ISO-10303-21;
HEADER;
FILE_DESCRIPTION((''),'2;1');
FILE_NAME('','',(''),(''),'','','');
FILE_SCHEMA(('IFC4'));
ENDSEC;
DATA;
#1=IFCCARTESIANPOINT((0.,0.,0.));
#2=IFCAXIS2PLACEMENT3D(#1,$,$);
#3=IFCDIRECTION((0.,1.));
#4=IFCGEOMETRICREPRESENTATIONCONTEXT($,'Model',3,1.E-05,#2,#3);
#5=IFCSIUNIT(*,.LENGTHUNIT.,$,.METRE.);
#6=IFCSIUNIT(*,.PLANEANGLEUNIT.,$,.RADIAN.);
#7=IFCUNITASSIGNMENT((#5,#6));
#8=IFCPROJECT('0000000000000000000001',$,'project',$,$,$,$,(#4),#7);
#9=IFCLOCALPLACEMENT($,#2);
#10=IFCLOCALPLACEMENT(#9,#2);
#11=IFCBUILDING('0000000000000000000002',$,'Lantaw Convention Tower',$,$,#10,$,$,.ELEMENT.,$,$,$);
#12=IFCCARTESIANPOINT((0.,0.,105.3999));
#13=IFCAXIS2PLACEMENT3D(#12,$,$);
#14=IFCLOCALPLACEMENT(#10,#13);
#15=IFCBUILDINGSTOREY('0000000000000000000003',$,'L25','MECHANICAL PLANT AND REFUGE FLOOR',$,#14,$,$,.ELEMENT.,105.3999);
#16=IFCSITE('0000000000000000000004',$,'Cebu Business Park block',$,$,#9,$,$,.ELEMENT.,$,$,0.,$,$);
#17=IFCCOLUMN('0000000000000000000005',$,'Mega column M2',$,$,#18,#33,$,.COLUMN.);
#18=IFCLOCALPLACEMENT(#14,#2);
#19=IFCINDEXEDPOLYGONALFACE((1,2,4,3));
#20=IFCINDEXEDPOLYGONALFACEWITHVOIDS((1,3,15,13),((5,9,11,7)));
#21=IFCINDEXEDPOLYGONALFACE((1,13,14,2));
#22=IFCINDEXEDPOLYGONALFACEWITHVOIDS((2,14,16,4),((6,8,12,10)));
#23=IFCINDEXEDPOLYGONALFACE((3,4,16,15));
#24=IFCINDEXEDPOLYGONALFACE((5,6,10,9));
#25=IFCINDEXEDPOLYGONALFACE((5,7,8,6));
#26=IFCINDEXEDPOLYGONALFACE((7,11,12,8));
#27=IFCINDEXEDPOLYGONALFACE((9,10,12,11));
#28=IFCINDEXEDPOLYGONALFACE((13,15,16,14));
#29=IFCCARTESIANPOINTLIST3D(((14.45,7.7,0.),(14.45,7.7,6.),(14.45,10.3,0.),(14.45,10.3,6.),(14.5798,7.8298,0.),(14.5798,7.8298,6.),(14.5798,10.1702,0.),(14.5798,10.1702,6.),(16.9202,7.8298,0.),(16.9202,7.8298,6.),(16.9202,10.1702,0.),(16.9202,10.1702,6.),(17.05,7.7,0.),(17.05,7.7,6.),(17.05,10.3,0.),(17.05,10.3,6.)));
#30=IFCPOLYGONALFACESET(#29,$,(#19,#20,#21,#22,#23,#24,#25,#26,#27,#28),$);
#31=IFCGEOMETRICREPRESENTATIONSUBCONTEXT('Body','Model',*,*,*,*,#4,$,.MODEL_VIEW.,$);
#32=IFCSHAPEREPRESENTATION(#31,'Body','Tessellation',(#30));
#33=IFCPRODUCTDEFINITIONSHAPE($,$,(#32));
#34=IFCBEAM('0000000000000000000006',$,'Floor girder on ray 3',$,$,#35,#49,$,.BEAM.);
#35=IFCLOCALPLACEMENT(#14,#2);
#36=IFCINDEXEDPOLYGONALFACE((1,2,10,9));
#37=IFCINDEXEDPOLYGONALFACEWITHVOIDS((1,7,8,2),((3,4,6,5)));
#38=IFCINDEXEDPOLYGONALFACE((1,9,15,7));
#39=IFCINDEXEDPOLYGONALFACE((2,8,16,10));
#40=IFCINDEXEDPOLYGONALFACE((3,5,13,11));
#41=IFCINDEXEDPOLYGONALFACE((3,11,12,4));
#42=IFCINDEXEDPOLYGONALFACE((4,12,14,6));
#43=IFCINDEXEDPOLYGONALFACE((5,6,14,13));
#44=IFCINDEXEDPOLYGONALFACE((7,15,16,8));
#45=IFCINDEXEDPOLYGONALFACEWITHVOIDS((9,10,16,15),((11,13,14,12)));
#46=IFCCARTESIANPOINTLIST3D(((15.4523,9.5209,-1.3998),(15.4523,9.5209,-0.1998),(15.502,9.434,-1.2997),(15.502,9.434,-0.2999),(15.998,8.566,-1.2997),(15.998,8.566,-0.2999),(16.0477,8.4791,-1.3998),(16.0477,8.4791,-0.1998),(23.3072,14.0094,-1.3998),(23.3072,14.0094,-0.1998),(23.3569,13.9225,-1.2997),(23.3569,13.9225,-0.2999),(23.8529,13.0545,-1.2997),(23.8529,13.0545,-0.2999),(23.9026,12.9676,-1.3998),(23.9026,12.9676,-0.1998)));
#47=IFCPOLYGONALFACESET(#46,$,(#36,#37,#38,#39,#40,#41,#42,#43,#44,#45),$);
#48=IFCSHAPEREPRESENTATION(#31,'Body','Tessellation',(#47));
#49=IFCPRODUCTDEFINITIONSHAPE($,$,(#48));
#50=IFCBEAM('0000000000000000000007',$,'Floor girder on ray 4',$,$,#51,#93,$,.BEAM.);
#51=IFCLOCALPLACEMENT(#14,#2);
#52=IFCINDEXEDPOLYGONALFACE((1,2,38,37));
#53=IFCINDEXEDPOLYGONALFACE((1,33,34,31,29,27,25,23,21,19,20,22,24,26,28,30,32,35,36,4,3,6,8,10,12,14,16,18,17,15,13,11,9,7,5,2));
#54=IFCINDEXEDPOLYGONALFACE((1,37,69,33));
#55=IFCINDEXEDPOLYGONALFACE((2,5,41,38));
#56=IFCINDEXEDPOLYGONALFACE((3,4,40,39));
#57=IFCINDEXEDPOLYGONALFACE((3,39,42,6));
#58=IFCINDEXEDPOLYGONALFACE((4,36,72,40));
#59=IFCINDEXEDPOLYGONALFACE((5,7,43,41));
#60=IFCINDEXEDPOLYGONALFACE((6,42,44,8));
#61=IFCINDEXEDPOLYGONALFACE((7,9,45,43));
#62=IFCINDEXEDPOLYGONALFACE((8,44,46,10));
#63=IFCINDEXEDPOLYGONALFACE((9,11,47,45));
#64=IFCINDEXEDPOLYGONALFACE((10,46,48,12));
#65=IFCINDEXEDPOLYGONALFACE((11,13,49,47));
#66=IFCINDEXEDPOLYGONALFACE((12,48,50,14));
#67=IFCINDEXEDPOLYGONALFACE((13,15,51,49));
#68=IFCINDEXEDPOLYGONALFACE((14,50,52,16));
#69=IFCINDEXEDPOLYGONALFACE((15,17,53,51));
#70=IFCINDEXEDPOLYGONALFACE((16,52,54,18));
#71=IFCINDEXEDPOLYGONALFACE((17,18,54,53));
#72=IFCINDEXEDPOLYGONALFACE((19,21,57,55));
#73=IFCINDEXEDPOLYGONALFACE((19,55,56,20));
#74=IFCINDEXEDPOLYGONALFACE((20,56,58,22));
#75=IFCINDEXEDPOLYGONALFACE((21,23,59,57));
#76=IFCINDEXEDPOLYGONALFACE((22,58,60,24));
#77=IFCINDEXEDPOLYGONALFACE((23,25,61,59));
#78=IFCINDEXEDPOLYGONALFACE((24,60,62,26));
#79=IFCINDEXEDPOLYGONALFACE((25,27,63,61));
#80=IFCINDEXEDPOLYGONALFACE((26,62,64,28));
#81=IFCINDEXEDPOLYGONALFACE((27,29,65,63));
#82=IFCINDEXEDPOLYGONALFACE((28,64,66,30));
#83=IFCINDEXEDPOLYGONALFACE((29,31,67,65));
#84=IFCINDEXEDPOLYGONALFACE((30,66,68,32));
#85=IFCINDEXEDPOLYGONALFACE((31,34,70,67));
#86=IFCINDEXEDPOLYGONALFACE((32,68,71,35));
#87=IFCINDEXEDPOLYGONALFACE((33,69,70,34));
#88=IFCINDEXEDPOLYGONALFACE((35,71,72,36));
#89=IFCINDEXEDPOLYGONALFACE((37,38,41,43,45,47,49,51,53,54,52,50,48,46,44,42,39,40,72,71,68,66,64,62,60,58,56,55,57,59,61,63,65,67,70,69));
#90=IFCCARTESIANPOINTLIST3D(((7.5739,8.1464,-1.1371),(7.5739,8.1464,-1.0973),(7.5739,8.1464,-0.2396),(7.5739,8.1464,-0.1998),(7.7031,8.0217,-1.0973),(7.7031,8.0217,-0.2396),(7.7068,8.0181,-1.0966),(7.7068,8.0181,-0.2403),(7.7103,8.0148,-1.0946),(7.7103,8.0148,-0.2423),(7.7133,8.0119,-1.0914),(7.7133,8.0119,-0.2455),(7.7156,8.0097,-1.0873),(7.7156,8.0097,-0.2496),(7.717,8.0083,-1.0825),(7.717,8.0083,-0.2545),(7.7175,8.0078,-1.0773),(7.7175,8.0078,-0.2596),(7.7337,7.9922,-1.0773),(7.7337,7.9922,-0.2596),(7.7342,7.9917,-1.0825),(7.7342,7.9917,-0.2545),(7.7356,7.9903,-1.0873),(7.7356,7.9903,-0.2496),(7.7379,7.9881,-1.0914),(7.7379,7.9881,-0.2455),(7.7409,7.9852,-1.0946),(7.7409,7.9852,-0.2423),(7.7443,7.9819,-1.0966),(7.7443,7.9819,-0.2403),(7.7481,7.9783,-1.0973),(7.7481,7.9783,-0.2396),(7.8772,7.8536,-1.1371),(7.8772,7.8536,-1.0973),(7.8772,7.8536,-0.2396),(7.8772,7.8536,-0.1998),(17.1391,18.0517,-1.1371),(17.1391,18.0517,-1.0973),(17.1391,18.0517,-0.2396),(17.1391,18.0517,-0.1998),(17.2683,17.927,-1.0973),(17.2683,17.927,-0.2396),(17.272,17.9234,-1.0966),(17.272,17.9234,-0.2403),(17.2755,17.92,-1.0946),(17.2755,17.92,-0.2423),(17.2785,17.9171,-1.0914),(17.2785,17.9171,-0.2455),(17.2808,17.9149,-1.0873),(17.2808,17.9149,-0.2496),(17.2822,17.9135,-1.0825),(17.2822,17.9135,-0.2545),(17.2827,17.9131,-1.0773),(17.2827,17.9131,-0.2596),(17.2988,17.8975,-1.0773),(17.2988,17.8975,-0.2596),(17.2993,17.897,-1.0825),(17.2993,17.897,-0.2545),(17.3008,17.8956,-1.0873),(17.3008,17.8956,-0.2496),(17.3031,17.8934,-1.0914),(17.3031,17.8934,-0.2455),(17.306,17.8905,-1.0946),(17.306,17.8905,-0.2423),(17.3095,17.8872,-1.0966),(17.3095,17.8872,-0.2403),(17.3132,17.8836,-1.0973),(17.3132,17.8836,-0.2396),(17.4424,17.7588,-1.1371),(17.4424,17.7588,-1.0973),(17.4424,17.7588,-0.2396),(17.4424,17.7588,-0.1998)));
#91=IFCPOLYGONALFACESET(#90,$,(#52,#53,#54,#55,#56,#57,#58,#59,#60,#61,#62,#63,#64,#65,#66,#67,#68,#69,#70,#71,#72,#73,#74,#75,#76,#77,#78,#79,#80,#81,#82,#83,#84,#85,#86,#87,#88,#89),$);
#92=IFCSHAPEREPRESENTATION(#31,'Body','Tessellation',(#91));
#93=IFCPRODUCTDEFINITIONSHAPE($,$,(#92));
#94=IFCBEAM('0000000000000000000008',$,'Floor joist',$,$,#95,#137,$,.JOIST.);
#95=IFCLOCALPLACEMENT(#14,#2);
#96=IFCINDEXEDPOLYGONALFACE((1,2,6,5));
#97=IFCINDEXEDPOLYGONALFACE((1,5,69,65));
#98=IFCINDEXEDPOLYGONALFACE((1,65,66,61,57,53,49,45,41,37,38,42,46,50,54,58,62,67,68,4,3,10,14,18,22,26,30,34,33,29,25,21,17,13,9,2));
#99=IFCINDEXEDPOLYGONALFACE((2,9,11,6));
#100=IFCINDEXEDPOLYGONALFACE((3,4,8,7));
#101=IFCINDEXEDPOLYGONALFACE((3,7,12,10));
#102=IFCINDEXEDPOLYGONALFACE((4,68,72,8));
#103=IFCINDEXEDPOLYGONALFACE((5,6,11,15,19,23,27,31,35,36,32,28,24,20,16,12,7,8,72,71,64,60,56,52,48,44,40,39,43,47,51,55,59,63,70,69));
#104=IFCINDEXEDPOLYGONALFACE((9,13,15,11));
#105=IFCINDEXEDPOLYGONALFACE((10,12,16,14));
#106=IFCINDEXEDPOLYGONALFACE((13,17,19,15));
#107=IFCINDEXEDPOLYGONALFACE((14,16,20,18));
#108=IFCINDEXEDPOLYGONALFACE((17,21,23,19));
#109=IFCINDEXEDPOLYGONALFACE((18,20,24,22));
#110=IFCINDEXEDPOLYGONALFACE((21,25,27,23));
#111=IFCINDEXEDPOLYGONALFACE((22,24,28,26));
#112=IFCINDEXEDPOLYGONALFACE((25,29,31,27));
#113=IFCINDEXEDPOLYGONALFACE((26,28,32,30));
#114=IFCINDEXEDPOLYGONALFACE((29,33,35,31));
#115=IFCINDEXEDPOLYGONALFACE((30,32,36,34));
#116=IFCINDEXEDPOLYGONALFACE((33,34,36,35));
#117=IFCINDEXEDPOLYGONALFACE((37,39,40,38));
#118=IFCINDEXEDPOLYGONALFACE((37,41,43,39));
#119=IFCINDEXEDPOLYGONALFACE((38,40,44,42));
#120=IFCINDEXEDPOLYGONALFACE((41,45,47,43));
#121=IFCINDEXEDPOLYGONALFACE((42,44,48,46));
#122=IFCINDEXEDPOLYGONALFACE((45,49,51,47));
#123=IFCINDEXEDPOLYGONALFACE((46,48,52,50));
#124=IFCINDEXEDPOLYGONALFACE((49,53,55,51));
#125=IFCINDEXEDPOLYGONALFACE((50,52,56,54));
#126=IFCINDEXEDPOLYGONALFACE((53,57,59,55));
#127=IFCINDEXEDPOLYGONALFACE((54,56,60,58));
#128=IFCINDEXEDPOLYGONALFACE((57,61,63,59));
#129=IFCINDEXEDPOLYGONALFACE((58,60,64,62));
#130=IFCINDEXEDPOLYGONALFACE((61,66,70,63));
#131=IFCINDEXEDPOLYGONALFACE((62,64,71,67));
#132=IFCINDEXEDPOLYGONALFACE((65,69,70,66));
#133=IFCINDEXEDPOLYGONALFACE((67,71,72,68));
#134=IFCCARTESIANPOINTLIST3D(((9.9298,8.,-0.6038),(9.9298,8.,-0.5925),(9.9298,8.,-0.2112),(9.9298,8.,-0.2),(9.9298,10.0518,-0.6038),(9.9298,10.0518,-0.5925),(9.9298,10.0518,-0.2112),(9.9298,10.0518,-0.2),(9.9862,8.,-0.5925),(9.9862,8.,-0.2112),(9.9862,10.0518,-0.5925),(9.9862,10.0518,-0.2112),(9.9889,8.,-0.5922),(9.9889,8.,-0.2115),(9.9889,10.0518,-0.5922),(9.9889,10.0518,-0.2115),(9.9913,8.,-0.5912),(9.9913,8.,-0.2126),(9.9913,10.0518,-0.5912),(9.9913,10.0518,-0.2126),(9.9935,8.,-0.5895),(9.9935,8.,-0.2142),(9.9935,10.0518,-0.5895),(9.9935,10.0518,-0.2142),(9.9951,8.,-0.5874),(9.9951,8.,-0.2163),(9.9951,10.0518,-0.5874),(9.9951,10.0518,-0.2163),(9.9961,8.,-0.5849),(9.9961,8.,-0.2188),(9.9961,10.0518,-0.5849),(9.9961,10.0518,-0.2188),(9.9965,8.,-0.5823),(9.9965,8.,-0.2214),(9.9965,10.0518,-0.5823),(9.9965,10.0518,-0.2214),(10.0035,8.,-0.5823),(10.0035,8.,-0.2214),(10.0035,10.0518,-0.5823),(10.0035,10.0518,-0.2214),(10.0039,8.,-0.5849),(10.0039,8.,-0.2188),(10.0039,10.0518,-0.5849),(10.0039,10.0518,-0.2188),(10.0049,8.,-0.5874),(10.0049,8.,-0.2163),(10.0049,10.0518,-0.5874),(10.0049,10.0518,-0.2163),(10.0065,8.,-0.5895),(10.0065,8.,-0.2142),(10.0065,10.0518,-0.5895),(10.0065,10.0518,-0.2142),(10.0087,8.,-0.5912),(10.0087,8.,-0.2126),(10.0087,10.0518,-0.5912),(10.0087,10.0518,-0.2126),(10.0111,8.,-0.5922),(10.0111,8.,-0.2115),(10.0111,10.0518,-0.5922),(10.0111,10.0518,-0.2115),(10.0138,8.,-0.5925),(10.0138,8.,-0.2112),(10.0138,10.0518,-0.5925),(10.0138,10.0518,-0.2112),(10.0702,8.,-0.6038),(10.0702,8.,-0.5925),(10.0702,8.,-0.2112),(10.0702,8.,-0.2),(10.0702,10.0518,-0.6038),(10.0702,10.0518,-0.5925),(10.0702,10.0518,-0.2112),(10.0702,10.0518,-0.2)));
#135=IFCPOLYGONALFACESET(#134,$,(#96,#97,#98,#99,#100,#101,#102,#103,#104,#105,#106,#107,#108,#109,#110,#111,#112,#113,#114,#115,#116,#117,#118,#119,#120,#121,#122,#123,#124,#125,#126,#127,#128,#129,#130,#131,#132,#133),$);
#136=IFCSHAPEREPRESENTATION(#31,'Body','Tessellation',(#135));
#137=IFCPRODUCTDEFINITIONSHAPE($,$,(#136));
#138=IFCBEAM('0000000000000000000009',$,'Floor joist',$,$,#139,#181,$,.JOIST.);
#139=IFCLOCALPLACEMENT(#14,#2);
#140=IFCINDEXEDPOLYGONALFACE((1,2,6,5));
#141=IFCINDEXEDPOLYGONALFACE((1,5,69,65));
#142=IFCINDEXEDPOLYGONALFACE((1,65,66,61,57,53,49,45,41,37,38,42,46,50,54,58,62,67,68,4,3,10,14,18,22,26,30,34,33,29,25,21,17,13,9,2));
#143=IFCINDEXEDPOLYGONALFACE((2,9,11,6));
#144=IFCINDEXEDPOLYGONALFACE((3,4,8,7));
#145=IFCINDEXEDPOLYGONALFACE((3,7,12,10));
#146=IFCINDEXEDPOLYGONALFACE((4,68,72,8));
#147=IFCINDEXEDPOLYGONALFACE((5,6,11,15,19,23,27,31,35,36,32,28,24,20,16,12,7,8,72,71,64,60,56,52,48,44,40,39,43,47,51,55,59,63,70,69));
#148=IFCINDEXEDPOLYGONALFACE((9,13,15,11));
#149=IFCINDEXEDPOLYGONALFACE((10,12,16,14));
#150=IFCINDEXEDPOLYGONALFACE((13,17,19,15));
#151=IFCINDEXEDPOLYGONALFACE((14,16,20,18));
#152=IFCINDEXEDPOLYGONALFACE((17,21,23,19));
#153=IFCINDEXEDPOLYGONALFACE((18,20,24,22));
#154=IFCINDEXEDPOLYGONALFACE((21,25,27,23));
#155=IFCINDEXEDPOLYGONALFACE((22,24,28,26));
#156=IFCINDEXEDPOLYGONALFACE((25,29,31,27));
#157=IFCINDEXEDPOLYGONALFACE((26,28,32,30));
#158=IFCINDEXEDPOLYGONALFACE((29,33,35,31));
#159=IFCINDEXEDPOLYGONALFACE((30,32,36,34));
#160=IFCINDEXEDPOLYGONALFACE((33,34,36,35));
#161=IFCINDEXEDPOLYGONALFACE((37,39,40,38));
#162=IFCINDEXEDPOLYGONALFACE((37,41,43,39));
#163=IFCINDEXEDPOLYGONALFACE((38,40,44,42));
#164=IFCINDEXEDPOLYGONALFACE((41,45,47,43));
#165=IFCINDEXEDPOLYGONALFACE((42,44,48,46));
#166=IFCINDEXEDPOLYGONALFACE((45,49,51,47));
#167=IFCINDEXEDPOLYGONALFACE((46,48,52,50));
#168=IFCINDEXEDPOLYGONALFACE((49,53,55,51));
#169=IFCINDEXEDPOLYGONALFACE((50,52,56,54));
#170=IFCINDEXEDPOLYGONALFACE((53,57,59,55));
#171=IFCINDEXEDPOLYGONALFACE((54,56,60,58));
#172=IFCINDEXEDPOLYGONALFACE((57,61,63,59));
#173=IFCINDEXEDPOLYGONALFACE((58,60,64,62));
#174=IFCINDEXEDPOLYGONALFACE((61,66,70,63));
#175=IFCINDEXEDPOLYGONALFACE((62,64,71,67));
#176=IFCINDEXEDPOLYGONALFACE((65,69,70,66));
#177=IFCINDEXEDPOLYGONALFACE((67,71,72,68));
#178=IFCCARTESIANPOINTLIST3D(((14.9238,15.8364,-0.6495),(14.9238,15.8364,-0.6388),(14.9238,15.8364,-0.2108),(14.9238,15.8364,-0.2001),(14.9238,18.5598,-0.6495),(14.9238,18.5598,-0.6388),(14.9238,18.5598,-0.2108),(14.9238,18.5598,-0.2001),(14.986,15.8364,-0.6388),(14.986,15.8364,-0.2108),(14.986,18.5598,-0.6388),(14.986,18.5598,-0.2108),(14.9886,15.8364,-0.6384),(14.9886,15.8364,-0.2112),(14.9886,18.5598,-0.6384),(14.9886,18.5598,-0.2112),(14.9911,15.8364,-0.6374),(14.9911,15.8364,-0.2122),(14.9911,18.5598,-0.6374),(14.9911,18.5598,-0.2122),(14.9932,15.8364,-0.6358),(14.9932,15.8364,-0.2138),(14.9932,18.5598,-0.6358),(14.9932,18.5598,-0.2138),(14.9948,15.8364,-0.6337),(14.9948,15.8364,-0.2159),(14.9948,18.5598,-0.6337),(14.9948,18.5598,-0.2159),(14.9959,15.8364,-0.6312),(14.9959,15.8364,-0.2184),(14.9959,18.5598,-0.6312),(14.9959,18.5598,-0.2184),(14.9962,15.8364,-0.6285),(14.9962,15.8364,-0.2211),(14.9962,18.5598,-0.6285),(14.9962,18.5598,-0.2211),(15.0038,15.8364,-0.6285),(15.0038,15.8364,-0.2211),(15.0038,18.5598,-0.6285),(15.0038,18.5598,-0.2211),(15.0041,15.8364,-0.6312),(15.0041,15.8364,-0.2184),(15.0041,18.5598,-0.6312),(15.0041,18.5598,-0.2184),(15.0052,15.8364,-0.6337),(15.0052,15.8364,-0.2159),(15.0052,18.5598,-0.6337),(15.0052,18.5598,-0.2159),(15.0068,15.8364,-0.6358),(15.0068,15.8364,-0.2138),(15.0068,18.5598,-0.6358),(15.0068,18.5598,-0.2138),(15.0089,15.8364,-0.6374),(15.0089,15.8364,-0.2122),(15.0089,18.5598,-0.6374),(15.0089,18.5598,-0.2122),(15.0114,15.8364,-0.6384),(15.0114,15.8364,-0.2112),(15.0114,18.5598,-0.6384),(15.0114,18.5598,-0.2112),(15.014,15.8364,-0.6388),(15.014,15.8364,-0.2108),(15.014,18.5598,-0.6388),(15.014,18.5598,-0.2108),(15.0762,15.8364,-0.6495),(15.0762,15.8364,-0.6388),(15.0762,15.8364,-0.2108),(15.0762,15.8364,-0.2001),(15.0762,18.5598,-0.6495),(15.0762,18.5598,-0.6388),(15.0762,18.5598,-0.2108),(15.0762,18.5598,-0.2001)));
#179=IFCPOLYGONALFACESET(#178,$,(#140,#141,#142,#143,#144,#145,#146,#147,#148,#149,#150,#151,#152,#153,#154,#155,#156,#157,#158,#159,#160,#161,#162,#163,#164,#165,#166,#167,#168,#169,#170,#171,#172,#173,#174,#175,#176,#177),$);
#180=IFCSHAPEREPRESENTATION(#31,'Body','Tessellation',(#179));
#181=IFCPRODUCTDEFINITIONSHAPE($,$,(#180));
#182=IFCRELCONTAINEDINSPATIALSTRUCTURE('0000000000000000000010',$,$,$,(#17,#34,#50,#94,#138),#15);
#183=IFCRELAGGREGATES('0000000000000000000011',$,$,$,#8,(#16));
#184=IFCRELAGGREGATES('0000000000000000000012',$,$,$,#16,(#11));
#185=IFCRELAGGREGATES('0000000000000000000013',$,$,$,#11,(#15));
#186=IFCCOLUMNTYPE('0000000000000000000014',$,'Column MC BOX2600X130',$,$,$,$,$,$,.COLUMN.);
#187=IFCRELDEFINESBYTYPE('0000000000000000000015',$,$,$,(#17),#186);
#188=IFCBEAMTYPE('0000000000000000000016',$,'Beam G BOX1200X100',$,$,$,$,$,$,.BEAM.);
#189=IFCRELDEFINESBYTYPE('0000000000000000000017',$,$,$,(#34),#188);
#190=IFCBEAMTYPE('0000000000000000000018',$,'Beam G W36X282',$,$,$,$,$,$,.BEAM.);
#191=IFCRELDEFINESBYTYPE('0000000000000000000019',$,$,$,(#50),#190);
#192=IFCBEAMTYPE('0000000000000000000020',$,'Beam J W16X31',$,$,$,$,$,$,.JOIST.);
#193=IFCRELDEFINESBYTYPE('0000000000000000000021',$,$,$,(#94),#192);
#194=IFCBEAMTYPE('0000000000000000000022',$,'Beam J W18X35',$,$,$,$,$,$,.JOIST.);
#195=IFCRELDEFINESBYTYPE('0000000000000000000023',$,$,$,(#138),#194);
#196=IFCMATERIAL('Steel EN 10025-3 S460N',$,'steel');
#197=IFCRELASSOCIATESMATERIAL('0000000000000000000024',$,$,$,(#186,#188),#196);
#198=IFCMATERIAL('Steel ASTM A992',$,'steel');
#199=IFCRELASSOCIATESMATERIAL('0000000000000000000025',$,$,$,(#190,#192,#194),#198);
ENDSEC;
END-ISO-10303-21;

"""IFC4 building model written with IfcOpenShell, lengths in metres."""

from ifc_helpers import new_model, si_unit, direction, frame, origin, origin_2d, place, context, subcontext, project, spatial, rectangle, hollow_rectangle, i_section, extrude, material, material_profile, profile_set, type_object, element, save


model = new_model("IFC4")

# Units and contexts
model_context = context("Model", 3, precision=1e-05, world=origin(), true_north=direction((0.0, 1.0)))
body_context = subcontext(model_context, "Body", "Model", "MODEL_VIEW")
ifc_project = project(units=[si_unit("LENGTHUNIT", "METRE"), si_unit("PLANEANGLEUNIT", "RADIAN")], contexts=[model_context])

# Site, building, storey
site_placement = place(None, origin())
site = spatial("IfcSite", under=ifc_project, at=site_placement, Name="Cebu Business Park block", CompositionType="ELEMENT", RefElevation=0.0)
building_placement = place(site_placement, origin())
building = spatial("IfcBuilding", under=site, at=building_placement, Name="Lantaw Convention Tower", CompositionType="ELEMENT")
storey_placement = place(building_placement, frame((0.0, 0.0, 105.3999)))
storey = spatial("IfcBuildingStorey", under=building, at=storey_placement, Name="L25", Description="MECHANICAL PLANT AND REFUGE FLOOR", CompositionType="ELEMENT", Elevation=105.3999)

# Column
ifc_material_1 = material(Name="Steel EN 10025-3 S460N", Category="steel")
ifc_material_profile_1 = material_profile(ifc_material_1, hollow_rectangle(XDim=2.6001, YDim=2.6001, WallThickness=0.1299, at=origin_2d()), Name="BOX2600X130")
ifc_material_2 = material(Name="Concrete C60/75", Category="concrete")
ifc_material_profile_2 = material_profile(ifc_material_2, rectangle(XDim=2.3401, YDim=2.3401, at=origin_2d()), Name="Concrete fill of BOX2600X130")
ifc_profile_set_1 = profile_set([ifc_material_profile_1, ifc_material_profile_2], Name="Steel EN 10025-3 S460N")
column_type = type_object("IfcColumnType", Name="Column MC BOX2600X130", PredefinedType="COLUMN", material=ifc_profile_set_1)
column_placement = place(storey_placement, frame((15.75, 9.0, 0.0), z_axis=(0.0, 0.0, 1.0), x_axis=(1.0, 0.0, 0.0)))
element("IfcColumn", 1, at=column_placement, inside=storey, type_object=column_type, Name="Mega column M2", PredefinedType="COLUMN", context=body_context, shape_type="SweptSolid", body=[
    extrude(hollow_rectangle(XDim=2.6001, YDim=2.6001, WallThickness=0.1299, at=origin_2d()), origin(), (0.0, 0.0, 1.0), 6.0),
])

# Beams
ifc_material_profile_3 = material_profile(ifc_material_1, hollow_rectangle(XDim=1.2, YDim=1.2, WallThickness=0.1001, at=origin_2d()), Name="BOX1200X100")
ifc_profile_set_2 = profile_set([ifc_material_profile_3], Name="Steel EN 10025-3 S460N")
beam_type_1 = type_object("IfcBeamType", Name="Beam G BOX1200X100", PredefinedType="BEAM", material=ifc_profile_set_2)
beam_1_placement = place(storey_placement, frame((15.75, 9.0, -0.7998), z_axis=(0.868245, 0.496136, 0.0), x_axis=(-0.496136, 0.868245, 0.0)))
element("IfcBeam", 2, at=beam_1_placement, inside=storey, type_object=beam_type_1, Name="Floor girder on ray 3", PredefinedType="BEAM", context=body_context, shape_type="SweptSolid", body=[
    extrude(hollow_rectangle(XDim=1.2, YDim=1.2, WallThickness=0.1001, at=origin_2d()), origin(), (0.0, 0.0, 1.0), 9.0469),
])
ifc_material_3 = material(Name="Steel ASTM A992", Category="steel")
ifc_material_profile_4 = material_profile(ifc_material_3, i_section(OverallWidth=0.4216, OverallDepth=0.9373, WebThickness=0.0225, FlangeThickness=0.0398, FilletRadius=0.02, at=origin_2d()), Name="W36X282")
ifc_profile_set_3 = profile_set([ifc_material_profile_4], Name="Steel ASTM A992")
beam_type_2 = type_object("IfcBeamType", Name="Beam G W36X282", PredefinedType="BEAM", material=ifc_profile_set_3)
beam_2_placement = place(storey_placement, frame((7.7256, 8.0, -0.6685), z_axis=(0.69465, 0.719348, 0.0), x_axis=(-0.719348, 0.69465, 0.0)))
element("IfcBeam", 3, at=beam_2_placement, inside=storey, type_object=beam_type_2, Name="Floor girder on ray 4", PredefinedType="BEAM", context=body_context, shape_type="SweptSolid", body=[
    extrude(i_section(OverallWidth=0.4216, OverallDepth=0.9373, WebThickness=0.0225, FlangeThickness=0.0398, FilletRadius=0.02, at=origin_2d()), origin(), (0.0, 0.0, 1.0), 13.7698),
])
ifc_material_profile_5 = material_profile(ifc_material_3, i_section(OverallWidth=0.1404, OverallDepth=0.4038, WebThickness=0.0071, FlangeThickness=0.0112, FilletRadius=0.0103, at=origin_2d()), Name="W16X31")
ifc_profile_set_4 = profile_set([ifc_material_profile_5], Name="Steel ASTM A992")
beam_type_3 = type_object("IfcBeamType", Name="Beam J W16X31", PredefinedType="JOIST", material=ifc_profile_set_4)
beam_3_placement = place(storey_placement, frame((10.0, 8.0, -0.4019), z_axis=(0.0, 1.0, 0.0), x_axis=(-1.0, 0.0, 0.0)))
element("IfcBeam", 4, at=beam_3_placement, inside=storey, type_object=beam_type_3, Name="Floor joist", PredefinedType="JOIST", context=body_context, shape_type="SweptSolid", body=[
    extrude(i_section(OverallWidth=0.1404, OverallDepth=0.4038, WebThickness=0.0071, FlangeThickness=0.0112, FilletRadius=0.0103, at=origin_2d()), origin(), (0.0, 0.0, 1.0), 2.0518),
])
ifc_material_profile_6 = material_profile(ifc_material_3, i_section(OverallWidth=0.1523, OverallDepth=0.4495, WebThickness=0.0076, FlangeThickness=0.0107, FilletRadius=0.0103, at=origin_2d()), Name="W18X35")
ifc_profile_set_5 = profile_set([ifc_material_profile_6], Name="Steel ASTM A992")
beam_type_4 = type_object("IfcBeamType", Name="Beam J W18X35", PredefinedType="JOIST", material=ifc_profile_set_5)
beam_4_placement = place(storey_placement, frame((15.0, 15.8364, -0.4248), z_axis=(0.0, 1.0, 0.0), x_axis=(-1.0, 0.0, 0.0)))
element("IfcBeam", 5, at=beam_4_placement, inside=storey, type_object=beam_type_4, Name="Floor joist", PredefinedType="JOIST", context=body_context, shape_type="SweptSolid", body=[
    extrude(i_section(OverallWidth=0.1523, OverallDepth=0.4495, WebThickness=0.0076, FlangeThickness=0.0107, FilletRadius=0.0103, at=origin_2d()), origin(), (0.0, 0.0, 1.0), 2.7234),
])

save(model, "model.ifc")
